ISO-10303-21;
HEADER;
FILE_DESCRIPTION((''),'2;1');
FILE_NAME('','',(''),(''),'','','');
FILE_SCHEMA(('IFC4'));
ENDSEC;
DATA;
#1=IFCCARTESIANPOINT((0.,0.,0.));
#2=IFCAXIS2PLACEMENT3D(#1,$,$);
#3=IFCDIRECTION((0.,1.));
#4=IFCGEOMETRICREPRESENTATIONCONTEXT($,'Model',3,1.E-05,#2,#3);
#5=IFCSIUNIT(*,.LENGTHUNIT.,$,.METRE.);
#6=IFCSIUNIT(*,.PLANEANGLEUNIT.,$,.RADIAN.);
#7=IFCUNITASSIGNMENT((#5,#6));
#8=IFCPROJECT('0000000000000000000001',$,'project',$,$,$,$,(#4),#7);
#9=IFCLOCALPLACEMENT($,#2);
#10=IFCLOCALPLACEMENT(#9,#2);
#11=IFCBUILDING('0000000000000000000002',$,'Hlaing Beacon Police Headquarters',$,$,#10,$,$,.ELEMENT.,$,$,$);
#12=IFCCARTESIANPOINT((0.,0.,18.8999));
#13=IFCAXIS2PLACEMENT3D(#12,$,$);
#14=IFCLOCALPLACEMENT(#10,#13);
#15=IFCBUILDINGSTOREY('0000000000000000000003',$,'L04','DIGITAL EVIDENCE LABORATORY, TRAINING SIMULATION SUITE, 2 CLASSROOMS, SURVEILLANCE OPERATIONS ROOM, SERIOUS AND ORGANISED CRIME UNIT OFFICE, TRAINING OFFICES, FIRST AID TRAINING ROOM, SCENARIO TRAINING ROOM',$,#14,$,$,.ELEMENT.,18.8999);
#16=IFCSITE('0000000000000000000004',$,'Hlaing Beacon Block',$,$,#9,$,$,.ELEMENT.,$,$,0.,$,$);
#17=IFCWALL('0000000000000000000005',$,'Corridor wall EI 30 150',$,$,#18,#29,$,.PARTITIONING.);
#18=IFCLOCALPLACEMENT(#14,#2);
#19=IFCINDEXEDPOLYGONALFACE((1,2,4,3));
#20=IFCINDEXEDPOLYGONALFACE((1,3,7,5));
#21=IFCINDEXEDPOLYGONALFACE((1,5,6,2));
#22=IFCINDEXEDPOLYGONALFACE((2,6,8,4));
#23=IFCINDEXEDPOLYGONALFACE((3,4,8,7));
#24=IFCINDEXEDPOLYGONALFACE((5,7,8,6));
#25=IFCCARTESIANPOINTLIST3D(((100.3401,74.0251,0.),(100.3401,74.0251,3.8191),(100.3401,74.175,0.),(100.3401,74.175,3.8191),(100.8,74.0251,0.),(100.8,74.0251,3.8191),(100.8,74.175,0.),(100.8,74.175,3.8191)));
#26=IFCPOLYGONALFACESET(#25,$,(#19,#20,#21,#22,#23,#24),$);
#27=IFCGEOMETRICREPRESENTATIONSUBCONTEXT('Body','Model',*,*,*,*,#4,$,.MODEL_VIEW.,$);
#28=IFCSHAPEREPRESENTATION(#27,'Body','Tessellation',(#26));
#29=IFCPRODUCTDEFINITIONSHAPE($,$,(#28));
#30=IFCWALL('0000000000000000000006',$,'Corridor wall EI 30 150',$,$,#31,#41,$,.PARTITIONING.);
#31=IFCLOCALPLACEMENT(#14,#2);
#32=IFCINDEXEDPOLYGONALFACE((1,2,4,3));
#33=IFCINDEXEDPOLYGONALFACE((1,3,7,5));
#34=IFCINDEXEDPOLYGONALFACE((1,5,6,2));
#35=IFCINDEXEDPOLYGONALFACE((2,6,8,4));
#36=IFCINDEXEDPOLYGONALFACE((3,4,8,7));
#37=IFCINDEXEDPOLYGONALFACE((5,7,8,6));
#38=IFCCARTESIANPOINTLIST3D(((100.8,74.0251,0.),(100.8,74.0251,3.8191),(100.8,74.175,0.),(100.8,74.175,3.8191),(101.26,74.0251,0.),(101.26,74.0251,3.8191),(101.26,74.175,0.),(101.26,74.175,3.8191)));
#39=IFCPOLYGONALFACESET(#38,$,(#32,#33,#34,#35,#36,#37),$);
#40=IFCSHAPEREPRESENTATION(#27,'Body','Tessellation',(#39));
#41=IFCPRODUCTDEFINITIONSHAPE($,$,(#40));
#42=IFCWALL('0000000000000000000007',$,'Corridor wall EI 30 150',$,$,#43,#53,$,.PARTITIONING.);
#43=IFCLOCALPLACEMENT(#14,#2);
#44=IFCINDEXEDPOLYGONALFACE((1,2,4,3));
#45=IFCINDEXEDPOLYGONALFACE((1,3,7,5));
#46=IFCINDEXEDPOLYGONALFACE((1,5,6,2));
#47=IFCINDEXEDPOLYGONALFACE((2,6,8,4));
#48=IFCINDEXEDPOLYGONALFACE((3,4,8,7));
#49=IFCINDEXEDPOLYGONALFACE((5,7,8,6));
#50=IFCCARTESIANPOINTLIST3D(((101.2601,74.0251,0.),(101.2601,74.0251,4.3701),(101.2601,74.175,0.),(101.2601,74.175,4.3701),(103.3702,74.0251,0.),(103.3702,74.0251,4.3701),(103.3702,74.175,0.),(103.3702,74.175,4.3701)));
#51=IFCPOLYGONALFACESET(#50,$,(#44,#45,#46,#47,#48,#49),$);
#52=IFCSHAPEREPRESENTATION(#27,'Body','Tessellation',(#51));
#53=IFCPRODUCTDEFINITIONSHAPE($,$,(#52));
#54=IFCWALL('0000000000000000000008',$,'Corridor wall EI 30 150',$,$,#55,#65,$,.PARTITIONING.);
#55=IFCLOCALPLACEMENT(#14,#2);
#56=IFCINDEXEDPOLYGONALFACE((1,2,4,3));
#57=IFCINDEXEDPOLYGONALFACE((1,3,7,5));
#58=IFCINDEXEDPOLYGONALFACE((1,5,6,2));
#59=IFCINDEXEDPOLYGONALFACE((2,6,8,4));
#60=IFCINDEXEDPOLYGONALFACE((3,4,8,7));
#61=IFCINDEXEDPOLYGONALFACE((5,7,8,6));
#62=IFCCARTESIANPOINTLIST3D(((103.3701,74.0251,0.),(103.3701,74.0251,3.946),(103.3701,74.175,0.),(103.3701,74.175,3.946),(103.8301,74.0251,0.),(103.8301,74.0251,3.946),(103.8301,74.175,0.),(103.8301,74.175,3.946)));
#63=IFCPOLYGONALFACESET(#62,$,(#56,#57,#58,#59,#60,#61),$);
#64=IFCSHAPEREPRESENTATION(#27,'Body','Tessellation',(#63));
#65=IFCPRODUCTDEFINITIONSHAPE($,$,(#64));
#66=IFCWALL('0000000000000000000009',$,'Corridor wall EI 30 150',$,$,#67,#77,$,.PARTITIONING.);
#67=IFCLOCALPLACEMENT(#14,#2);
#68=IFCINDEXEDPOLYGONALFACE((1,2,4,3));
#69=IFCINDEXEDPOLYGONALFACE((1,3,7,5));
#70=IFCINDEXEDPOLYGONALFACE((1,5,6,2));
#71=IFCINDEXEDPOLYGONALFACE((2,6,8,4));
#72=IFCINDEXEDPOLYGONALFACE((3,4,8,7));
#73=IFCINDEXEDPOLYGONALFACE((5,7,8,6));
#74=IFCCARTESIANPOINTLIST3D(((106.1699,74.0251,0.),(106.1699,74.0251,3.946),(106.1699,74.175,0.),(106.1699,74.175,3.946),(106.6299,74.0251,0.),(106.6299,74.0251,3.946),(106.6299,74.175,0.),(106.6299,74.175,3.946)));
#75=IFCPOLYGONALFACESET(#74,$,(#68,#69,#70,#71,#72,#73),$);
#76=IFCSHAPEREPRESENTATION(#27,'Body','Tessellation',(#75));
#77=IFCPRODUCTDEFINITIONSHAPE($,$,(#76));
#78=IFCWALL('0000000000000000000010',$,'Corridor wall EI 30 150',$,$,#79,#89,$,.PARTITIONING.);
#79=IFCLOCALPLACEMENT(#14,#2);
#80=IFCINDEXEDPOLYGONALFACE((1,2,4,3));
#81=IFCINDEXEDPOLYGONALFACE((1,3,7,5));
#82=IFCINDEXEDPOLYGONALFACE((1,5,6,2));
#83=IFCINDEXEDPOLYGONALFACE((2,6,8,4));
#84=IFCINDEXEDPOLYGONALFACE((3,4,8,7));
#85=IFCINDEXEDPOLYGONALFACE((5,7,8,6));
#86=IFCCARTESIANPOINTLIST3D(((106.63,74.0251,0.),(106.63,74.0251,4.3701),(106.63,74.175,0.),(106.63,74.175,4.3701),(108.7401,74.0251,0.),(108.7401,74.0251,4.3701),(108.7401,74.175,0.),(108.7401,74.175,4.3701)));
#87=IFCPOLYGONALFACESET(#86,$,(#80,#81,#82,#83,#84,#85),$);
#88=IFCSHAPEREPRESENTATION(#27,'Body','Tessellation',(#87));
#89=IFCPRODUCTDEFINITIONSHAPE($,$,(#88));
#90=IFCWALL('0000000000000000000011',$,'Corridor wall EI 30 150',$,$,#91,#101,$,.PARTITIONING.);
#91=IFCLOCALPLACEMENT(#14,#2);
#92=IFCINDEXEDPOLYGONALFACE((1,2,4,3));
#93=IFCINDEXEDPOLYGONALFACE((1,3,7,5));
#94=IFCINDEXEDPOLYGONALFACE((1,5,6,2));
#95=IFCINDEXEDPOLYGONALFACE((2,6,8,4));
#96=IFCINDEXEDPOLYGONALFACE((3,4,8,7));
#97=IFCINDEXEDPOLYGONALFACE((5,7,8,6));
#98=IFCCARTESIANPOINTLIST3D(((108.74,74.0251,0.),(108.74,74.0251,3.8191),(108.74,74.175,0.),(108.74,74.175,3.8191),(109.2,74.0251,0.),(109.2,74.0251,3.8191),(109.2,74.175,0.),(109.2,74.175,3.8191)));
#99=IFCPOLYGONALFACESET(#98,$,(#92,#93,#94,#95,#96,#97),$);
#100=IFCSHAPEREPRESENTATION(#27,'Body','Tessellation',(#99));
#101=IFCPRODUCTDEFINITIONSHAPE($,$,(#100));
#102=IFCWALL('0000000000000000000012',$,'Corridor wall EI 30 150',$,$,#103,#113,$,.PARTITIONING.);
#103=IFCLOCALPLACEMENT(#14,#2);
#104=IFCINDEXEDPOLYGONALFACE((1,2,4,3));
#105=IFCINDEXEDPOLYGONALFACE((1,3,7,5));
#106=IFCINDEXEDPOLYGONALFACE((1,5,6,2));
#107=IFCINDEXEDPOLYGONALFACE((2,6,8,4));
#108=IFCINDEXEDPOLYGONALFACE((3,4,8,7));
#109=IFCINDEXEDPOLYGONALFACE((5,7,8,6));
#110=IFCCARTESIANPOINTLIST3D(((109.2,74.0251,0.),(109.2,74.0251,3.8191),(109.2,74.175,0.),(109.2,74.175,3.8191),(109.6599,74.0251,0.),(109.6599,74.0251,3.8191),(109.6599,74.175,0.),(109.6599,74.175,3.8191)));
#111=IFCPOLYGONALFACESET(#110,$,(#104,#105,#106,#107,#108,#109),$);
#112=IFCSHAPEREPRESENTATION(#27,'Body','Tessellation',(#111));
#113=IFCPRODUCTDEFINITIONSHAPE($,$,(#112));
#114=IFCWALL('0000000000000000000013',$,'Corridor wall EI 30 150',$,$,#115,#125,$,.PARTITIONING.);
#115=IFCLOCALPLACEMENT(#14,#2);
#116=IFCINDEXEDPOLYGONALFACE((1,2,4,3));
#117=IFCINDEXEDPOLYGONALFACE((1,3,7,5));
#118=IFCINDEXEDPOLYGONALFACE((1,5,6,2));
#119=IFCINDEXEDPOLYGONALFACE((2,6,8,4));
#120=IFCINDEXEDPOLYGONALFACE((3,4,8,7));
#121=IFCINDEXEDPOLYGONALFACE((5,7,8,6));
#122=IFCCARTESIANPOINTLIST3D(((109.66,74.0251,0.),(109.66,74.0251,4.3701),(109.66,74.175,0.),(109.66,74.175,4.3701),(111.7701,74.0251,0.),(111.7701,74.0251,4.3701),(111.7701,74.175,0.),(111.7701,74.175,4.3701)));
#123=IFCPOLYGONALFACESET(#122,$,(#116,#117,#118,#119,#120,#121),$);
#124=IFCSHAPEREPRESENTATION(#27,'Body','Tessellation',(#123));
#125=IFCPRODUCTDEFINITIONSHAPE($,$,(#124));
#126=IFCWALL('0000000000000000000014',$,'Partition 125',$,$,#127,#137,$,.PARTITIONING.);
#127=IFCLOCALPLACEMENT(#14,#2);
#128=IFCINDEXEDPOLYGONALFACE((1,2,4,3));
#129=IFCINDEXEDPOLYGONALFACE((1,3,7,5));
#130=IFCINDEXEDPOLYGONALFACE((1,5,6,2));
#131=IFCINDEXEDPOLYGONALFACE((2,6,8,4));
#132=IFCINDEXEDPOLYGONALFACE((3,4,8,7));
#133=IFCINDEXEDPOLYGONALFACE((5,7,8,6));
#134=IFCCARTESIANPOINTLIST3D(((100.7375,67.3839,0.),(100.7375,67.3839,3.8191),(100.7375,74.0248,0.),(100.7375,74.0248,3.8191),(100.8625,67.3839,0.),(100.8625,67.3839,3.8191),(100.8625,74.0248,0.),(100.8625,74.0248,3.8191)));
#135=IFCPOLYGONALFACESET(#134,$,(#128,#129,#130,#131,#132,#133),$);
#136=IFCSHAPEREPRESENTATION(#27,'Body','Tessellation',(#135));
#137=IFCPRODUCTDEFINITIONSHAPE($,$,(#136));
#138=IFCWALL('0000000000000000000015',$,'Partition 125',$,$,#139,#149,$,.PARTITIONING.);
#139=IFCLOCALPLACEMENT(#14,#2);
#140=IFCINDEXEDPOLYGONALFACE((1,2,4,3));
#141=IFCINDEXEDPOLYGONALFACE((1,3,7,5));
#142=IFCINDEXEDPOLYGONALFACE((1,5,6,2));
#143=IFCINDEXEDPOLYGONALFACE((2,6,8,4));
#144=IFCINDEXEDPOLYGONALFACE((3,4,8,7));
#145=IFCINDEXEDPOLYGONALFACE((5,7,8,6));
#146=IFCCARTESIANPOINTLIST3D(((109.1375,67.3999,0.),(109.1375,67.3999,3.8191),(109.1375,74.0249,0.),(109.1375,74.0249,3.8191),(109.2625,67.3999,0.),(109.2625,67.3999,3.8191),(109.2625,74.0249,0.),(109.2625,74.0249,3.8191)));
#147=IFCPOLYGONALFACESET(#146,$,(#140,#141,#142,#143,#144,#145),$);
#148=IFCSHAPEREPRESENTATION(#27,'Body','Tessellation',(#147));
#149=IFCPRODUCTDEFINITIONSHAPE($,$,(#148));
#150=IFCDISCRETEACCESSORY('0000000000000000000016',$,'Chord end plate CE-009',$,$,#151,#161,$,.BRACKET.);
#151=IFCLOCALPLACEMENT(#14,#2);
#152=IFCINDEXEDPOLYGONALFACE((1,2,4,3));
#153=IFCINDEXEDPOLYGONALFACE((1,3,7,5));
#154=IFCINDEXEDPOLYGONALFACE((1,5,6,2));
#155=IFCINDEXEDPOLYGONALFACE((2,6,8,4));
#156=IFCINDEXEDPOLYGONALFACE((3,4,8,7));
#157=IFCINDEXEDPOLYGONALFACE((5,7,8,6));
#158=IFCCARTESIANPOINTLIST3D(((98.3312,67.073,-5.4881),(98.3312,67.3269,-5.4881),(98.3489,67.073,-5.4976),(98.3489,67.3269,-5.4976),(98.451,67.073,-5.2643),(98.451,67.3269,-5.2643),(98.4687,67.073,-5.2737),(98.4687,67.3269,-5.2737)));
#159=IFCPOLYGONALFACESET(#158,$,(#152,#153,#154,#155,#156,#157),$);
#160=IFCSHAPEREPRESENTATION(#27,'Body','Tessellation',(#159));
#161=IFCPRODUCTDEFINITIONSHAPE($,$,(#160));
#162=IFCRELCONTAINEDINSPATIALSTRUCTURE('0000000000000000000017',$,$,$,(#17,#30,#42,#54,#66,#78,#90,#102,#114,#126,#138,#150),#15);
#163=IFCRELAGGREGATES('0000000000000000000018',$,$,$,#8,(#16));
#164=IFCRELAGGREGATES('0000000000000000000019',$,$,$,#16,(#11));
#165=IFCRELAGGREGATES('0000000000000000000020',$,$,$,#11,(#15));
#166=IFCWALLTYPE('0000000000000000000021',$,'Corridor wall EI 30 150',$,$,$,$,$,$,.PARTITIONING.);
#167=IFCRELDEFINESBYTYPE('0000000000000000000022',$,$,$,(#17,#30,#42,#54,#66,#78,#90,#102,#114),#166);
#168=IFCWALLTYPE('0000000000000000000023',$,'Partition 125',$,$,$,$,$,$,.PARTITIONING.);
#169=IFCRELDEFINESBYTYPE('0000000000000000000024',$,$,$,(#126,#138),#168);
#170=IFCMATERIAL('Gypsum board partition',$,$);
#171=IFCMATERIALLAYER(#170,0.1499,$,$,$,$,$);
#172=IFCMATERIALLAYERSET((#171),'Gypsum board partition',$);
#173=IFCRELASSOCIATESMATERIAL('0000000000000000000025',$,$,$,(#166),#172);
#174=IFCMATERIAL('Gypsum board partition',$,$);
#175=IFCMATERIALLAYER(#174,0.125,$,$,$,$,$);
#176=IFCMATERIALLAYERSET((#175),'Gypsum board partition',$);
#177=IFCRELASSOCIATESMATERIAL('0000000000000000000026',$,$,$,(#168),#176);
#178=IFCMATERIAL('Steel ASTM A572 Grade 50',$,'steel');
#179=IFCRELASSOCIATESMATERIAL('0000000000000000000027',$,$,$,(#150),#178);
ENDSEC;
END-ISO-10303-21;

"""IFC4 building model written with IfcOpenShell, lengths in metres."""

from ifc_helpers import new_model, si_unit, direction, frame, frame_2d, origin, origin_2d, place, context, subcontext, project, spatial, rectangle, extrude, material, layer, layer_set, type_object, element, save


model = new_model("IFC4")

# Units and contexts
model_context = context("Model", 3, precision=1e-05, world=origin(), true_north=direction((0.0, 1.0)))
body_context = subcontext(model_context, "Body", "Model", "MODEL_VIEW")
ifc_project = project(units=[si_unit("LENGTHUNIT", "METRE"), si_unit("PLANEANGLEUNIT", "RADIAN")], contexts=[model_context])

# Site, building, storey
site_placement = place(None, origin())
site = spatial("IfcSite", under=ifc_project, at=site_placement, Name="Hlaing Beacon Block", CompositionType="ELEMENT", RefElevation=0.0)
building_placement = place(site_placement, origin())
building = spatial("IfcBuilding", under=site, at=building_placement, Name="Hlaing Beacon Police Headquarters", CompositionType="ELEMENT")
storey_placement = place(building_placement, frame((0.0, 0.0, 18.8999)))
storey = spatial("IfcBuildingStorey", under=building, at=storey_placement, Name="L04", Description="DIGITAL EVIDENCE LABORATORY, TRAINING SIMULATION SUITE, 2 CLASSROOMS, SURVEILLANCE OPERATIONS ROOM, SERIOUS AND ORGANISED CRIME UNIT OFFICE, TRAINING OFFICES, FIRST AID TRAINING ROOM, SCENARIO TRAINING ROOM", CompositionType="ELEMENT", Elevation=18.8999)

# Walls
ifc_material_1 = material(Name="Gypsum board partition")
ifc_layer_1 = layer(ifc_material_1, 0.1499)
ifc_layer_set_1 = layer_set([ifc_layer_1], Name="Gypsum board partition")
wall_type_1 = type_object("IfcWallType", Name="Corridor wall EI 30 150", PredefinedType="PARTITIONING", material=ifc_layer_set_1)
for number, where, z_axis, x_axis, name in (
    (1, (100.3401, 74.1001, 0.0), (0.0, 0.0, 1.0), (1.0, 0.0, 0.0), "Corridor wall EI 30 150"),
    (2, (100.8, 74.1001, 0.0), (0.0, 0.0, 1.0), (1.0, 0.0, 0.0), "Corridor wall EI 30 150"),
):
    element("IfcWall", number, at=place(storey_placement, frame(where, z_axis=z_axis, x_axis=x_axis)), inside=storey, type_object=wall_type_1, Name=name, PredefinedType="PARTITIONING", context=body_context, shape_type="SweptSolid", body=[
        extrude(rectangle(XDim=0.46, YDim=0.1499, at=frame_2d((0.23, 0.0))), origin(), (0.0, 0.0, 1.0), 3.8191),
    ])
wall_1_placement = place(storey_placement, frame((101.26, 74.1001, 0.0), z_axis=(0.0, 0.0, 1.0), x_axis=(1.0, 0.0, 0.0)))
element("IfcWall", 3, at=wall_1_placement, inside=storey, type_object=wall_type_1, Name="Corridor wall EI 30 150", PredefinedType="PARTITIONING", context=body_context, shape_type="SweptSolid", body=[
    extrude(rectangle(XDim=2.1101, YDim=0.1499, at=frame_2d((1.0552, 0.0))), origin(), (0.0, 0.0, 1.0), 4.3701),
])
wall_2_placement = place(storey_placement, frame((103.3701, 74.1001, 0.0), z_axis=(0.0, 0.0, 1.0), x_axis=(1.0, 0.0, 0.0)))
element("IfcWall", 4, at=wall_2_placement, inside=storey, type_object=wall_type_1, Name="Corridor wall EI 30 150", PredefinedType="PARTITIONING", context=body_context, shape_type="SweptSolid", body=[
    extrude(rectangle(XDim=0.46, YDim=0.1499, at=frame_2d((0.23, 0.0))), origin(), (0.0, 0.0, 1.0), 3.946),
])

# Walls
wall_3_placement = place(storey_placement, frame((106.1699, 74.1001, 0.0), z_axis=(0.0, 0.0, 1.0), x_axis=(1.0, 0.0, 0.0)))
element("IfcWall", 5, at=wall_3_placement, inside=storey, type_object=wall_type_1, Name="Corridor wall EI 30 150", PredefinedType="PARTITIONING", context=body_context, shape_type="SweptSolid", body=[
    extrude(rectangle(XDim=0.46, YDim=0.1499, at=frame_2d((0.23, 0.0))), origin(), (0.0, 0.0, 1.0), 3.946),
])
wall_4_placement = place(storey_placement, frame((106.6299, 74.1001, 0.0), z_axis=(0.0, 0.0, 1.0), x_axis=(1.0, 0.0, 0.0)))
element("IfcWall", 6, at=wall_4_placement, inside=storey, type_object=wall_type_1, Name="Corridor wall EI 30 150", PredefinedType="PARTITIONING", context=body_context, shape_type="SweptSolid", body=[
    extrude(rectangle(XDim=2.1101, YDim=0.1499, at=frame_2d((1.0552, 0.0))), origin(), (0.0, 0.0, 1.0), 4.3701),
])
for number, where, z_axis, x_axis, name in (
    (7, (108.74, 74.1001, 0.0), (0.0, 0.0, 1.0), (1.0, 0.0, 0.0), "Corridor wall EI 30 150"),
    (8, (109.2, 74.1001, 0.0), (0.0, 0.0, 1.0), (1.0, 0.0, 0.0), "Corridor wall EI 30 150"),
):
    element("IfcWall", number, at=place(storey_placement, frame(where, z_axis=z_axis, x_axis=x_axis)), inside=storey, type_object=wall_type_1, Name=name, PredefinedType="PARTITIONING", context=body_context, shape_type="SweptSolid", body=[
        extrude(rectangle(XDim=0.46, YDim=0.1499, at=frame_2d((0.23, 0.0))), origin(), (0.0, 0.0, 1.0), 3.8191),
    ])
wall_5_placement = place(storey_placement, frame((109.6599, 74.1001, 0.0), z_axis=(0.0, 0.0, 1.0), x_axis=(1.0, 0.0, 0.0)))
element("IfcWall", 9, at=wall_5_placement, inside=storey, type_object=wall_type_1, Name="Corridor wall EI 30 150", PredefinedType="PARTITIONING", context=body_context, shape_type="SweptSolid", body=[
    extrude(rectangle(XDim=2.1101, YDim=0.1499, at=frame_2d((1.0552, 0.0))), origin(), (0.0, 0.0, 1.0), 4.3701),
])
ifc_material_2 = material(Name="Gypsum board partition")
ifc_layer_2 = layer(ifc_material_2, 0.125)
ifc_layer_set_2 = layer_set([ifc_layer_2], Name="Gypsum board partition")
wall_type_2 = type_object("IfcWallType", Name="Partition 125", PredefinedType="PARTITIONING", material=ifc_layer_set_2)
wall_6_placement = place(storey_placement, frame((100.8, 67.384, 0.0), z_axis=(0.0, 0.0, 1.0), x_axis=(0.0, 1.0, 0.0)))
element("IfcWall", 10, at=wall_6_placement, inside=storey, type_object=wall_type_2, Name="Partition 125", PredefinedType="PARTITIONING", context=body_context, shape_type="SweptSolid", body=[
    extrude(rectangle(XDim=6.6409, YDim=0.125, at=frame_2d((3.3203, 0.0))), origin(), (0.0, 0.0, 1.0), 3.8191),
])
wall_7_placement = place(storey_placement, frame((109.2, 67.3999, 0.0), z_axis=(0.0, 0.0, 1.0), x_axis=(0.0, 1.0, 0.0)))
element("IfcWall", 11, at=wall_7_placement, inside=storey, type_object=wall_type_2, Name="Partition 125", PredefinedType="PARTITIONING", context=body_context, shape_type="SweptSolid", body=[
    extrude(rectangle(XDim=6.625, YDim=0.125, at=frame_2d((3.3125, 0.0))), origin(), (0.0, 0.0, 1.0), 3.8191),
])

# Discrete accessory
ifc_material_3 = material(Name="Steel ASTM A572 Grade 50", Category="steel")
discrete_accessory_placement = place(storey_placement, frame((98.3911, 67.2, -5.3762), z_axis=(0.88164, 0.0, -0.471923), x_axis=(0.0, 1.0, 0.0)))
element("IfcDiscreteAccessory", 12, at=discrete_accessory_placement, inside=storey, material=ifc_material_3, Name="Chord end plate CE-009", PredefinedType="BRACKET", context=body_context, shape_type="SweptSolid", body=[
    extrude(rectangle(XDim=0.2539, YDim=0.2539, at=origin_2d()), origin(), (0.0, 0.0, 1.0), 0.02),
])

save(model, "model.ifc")
